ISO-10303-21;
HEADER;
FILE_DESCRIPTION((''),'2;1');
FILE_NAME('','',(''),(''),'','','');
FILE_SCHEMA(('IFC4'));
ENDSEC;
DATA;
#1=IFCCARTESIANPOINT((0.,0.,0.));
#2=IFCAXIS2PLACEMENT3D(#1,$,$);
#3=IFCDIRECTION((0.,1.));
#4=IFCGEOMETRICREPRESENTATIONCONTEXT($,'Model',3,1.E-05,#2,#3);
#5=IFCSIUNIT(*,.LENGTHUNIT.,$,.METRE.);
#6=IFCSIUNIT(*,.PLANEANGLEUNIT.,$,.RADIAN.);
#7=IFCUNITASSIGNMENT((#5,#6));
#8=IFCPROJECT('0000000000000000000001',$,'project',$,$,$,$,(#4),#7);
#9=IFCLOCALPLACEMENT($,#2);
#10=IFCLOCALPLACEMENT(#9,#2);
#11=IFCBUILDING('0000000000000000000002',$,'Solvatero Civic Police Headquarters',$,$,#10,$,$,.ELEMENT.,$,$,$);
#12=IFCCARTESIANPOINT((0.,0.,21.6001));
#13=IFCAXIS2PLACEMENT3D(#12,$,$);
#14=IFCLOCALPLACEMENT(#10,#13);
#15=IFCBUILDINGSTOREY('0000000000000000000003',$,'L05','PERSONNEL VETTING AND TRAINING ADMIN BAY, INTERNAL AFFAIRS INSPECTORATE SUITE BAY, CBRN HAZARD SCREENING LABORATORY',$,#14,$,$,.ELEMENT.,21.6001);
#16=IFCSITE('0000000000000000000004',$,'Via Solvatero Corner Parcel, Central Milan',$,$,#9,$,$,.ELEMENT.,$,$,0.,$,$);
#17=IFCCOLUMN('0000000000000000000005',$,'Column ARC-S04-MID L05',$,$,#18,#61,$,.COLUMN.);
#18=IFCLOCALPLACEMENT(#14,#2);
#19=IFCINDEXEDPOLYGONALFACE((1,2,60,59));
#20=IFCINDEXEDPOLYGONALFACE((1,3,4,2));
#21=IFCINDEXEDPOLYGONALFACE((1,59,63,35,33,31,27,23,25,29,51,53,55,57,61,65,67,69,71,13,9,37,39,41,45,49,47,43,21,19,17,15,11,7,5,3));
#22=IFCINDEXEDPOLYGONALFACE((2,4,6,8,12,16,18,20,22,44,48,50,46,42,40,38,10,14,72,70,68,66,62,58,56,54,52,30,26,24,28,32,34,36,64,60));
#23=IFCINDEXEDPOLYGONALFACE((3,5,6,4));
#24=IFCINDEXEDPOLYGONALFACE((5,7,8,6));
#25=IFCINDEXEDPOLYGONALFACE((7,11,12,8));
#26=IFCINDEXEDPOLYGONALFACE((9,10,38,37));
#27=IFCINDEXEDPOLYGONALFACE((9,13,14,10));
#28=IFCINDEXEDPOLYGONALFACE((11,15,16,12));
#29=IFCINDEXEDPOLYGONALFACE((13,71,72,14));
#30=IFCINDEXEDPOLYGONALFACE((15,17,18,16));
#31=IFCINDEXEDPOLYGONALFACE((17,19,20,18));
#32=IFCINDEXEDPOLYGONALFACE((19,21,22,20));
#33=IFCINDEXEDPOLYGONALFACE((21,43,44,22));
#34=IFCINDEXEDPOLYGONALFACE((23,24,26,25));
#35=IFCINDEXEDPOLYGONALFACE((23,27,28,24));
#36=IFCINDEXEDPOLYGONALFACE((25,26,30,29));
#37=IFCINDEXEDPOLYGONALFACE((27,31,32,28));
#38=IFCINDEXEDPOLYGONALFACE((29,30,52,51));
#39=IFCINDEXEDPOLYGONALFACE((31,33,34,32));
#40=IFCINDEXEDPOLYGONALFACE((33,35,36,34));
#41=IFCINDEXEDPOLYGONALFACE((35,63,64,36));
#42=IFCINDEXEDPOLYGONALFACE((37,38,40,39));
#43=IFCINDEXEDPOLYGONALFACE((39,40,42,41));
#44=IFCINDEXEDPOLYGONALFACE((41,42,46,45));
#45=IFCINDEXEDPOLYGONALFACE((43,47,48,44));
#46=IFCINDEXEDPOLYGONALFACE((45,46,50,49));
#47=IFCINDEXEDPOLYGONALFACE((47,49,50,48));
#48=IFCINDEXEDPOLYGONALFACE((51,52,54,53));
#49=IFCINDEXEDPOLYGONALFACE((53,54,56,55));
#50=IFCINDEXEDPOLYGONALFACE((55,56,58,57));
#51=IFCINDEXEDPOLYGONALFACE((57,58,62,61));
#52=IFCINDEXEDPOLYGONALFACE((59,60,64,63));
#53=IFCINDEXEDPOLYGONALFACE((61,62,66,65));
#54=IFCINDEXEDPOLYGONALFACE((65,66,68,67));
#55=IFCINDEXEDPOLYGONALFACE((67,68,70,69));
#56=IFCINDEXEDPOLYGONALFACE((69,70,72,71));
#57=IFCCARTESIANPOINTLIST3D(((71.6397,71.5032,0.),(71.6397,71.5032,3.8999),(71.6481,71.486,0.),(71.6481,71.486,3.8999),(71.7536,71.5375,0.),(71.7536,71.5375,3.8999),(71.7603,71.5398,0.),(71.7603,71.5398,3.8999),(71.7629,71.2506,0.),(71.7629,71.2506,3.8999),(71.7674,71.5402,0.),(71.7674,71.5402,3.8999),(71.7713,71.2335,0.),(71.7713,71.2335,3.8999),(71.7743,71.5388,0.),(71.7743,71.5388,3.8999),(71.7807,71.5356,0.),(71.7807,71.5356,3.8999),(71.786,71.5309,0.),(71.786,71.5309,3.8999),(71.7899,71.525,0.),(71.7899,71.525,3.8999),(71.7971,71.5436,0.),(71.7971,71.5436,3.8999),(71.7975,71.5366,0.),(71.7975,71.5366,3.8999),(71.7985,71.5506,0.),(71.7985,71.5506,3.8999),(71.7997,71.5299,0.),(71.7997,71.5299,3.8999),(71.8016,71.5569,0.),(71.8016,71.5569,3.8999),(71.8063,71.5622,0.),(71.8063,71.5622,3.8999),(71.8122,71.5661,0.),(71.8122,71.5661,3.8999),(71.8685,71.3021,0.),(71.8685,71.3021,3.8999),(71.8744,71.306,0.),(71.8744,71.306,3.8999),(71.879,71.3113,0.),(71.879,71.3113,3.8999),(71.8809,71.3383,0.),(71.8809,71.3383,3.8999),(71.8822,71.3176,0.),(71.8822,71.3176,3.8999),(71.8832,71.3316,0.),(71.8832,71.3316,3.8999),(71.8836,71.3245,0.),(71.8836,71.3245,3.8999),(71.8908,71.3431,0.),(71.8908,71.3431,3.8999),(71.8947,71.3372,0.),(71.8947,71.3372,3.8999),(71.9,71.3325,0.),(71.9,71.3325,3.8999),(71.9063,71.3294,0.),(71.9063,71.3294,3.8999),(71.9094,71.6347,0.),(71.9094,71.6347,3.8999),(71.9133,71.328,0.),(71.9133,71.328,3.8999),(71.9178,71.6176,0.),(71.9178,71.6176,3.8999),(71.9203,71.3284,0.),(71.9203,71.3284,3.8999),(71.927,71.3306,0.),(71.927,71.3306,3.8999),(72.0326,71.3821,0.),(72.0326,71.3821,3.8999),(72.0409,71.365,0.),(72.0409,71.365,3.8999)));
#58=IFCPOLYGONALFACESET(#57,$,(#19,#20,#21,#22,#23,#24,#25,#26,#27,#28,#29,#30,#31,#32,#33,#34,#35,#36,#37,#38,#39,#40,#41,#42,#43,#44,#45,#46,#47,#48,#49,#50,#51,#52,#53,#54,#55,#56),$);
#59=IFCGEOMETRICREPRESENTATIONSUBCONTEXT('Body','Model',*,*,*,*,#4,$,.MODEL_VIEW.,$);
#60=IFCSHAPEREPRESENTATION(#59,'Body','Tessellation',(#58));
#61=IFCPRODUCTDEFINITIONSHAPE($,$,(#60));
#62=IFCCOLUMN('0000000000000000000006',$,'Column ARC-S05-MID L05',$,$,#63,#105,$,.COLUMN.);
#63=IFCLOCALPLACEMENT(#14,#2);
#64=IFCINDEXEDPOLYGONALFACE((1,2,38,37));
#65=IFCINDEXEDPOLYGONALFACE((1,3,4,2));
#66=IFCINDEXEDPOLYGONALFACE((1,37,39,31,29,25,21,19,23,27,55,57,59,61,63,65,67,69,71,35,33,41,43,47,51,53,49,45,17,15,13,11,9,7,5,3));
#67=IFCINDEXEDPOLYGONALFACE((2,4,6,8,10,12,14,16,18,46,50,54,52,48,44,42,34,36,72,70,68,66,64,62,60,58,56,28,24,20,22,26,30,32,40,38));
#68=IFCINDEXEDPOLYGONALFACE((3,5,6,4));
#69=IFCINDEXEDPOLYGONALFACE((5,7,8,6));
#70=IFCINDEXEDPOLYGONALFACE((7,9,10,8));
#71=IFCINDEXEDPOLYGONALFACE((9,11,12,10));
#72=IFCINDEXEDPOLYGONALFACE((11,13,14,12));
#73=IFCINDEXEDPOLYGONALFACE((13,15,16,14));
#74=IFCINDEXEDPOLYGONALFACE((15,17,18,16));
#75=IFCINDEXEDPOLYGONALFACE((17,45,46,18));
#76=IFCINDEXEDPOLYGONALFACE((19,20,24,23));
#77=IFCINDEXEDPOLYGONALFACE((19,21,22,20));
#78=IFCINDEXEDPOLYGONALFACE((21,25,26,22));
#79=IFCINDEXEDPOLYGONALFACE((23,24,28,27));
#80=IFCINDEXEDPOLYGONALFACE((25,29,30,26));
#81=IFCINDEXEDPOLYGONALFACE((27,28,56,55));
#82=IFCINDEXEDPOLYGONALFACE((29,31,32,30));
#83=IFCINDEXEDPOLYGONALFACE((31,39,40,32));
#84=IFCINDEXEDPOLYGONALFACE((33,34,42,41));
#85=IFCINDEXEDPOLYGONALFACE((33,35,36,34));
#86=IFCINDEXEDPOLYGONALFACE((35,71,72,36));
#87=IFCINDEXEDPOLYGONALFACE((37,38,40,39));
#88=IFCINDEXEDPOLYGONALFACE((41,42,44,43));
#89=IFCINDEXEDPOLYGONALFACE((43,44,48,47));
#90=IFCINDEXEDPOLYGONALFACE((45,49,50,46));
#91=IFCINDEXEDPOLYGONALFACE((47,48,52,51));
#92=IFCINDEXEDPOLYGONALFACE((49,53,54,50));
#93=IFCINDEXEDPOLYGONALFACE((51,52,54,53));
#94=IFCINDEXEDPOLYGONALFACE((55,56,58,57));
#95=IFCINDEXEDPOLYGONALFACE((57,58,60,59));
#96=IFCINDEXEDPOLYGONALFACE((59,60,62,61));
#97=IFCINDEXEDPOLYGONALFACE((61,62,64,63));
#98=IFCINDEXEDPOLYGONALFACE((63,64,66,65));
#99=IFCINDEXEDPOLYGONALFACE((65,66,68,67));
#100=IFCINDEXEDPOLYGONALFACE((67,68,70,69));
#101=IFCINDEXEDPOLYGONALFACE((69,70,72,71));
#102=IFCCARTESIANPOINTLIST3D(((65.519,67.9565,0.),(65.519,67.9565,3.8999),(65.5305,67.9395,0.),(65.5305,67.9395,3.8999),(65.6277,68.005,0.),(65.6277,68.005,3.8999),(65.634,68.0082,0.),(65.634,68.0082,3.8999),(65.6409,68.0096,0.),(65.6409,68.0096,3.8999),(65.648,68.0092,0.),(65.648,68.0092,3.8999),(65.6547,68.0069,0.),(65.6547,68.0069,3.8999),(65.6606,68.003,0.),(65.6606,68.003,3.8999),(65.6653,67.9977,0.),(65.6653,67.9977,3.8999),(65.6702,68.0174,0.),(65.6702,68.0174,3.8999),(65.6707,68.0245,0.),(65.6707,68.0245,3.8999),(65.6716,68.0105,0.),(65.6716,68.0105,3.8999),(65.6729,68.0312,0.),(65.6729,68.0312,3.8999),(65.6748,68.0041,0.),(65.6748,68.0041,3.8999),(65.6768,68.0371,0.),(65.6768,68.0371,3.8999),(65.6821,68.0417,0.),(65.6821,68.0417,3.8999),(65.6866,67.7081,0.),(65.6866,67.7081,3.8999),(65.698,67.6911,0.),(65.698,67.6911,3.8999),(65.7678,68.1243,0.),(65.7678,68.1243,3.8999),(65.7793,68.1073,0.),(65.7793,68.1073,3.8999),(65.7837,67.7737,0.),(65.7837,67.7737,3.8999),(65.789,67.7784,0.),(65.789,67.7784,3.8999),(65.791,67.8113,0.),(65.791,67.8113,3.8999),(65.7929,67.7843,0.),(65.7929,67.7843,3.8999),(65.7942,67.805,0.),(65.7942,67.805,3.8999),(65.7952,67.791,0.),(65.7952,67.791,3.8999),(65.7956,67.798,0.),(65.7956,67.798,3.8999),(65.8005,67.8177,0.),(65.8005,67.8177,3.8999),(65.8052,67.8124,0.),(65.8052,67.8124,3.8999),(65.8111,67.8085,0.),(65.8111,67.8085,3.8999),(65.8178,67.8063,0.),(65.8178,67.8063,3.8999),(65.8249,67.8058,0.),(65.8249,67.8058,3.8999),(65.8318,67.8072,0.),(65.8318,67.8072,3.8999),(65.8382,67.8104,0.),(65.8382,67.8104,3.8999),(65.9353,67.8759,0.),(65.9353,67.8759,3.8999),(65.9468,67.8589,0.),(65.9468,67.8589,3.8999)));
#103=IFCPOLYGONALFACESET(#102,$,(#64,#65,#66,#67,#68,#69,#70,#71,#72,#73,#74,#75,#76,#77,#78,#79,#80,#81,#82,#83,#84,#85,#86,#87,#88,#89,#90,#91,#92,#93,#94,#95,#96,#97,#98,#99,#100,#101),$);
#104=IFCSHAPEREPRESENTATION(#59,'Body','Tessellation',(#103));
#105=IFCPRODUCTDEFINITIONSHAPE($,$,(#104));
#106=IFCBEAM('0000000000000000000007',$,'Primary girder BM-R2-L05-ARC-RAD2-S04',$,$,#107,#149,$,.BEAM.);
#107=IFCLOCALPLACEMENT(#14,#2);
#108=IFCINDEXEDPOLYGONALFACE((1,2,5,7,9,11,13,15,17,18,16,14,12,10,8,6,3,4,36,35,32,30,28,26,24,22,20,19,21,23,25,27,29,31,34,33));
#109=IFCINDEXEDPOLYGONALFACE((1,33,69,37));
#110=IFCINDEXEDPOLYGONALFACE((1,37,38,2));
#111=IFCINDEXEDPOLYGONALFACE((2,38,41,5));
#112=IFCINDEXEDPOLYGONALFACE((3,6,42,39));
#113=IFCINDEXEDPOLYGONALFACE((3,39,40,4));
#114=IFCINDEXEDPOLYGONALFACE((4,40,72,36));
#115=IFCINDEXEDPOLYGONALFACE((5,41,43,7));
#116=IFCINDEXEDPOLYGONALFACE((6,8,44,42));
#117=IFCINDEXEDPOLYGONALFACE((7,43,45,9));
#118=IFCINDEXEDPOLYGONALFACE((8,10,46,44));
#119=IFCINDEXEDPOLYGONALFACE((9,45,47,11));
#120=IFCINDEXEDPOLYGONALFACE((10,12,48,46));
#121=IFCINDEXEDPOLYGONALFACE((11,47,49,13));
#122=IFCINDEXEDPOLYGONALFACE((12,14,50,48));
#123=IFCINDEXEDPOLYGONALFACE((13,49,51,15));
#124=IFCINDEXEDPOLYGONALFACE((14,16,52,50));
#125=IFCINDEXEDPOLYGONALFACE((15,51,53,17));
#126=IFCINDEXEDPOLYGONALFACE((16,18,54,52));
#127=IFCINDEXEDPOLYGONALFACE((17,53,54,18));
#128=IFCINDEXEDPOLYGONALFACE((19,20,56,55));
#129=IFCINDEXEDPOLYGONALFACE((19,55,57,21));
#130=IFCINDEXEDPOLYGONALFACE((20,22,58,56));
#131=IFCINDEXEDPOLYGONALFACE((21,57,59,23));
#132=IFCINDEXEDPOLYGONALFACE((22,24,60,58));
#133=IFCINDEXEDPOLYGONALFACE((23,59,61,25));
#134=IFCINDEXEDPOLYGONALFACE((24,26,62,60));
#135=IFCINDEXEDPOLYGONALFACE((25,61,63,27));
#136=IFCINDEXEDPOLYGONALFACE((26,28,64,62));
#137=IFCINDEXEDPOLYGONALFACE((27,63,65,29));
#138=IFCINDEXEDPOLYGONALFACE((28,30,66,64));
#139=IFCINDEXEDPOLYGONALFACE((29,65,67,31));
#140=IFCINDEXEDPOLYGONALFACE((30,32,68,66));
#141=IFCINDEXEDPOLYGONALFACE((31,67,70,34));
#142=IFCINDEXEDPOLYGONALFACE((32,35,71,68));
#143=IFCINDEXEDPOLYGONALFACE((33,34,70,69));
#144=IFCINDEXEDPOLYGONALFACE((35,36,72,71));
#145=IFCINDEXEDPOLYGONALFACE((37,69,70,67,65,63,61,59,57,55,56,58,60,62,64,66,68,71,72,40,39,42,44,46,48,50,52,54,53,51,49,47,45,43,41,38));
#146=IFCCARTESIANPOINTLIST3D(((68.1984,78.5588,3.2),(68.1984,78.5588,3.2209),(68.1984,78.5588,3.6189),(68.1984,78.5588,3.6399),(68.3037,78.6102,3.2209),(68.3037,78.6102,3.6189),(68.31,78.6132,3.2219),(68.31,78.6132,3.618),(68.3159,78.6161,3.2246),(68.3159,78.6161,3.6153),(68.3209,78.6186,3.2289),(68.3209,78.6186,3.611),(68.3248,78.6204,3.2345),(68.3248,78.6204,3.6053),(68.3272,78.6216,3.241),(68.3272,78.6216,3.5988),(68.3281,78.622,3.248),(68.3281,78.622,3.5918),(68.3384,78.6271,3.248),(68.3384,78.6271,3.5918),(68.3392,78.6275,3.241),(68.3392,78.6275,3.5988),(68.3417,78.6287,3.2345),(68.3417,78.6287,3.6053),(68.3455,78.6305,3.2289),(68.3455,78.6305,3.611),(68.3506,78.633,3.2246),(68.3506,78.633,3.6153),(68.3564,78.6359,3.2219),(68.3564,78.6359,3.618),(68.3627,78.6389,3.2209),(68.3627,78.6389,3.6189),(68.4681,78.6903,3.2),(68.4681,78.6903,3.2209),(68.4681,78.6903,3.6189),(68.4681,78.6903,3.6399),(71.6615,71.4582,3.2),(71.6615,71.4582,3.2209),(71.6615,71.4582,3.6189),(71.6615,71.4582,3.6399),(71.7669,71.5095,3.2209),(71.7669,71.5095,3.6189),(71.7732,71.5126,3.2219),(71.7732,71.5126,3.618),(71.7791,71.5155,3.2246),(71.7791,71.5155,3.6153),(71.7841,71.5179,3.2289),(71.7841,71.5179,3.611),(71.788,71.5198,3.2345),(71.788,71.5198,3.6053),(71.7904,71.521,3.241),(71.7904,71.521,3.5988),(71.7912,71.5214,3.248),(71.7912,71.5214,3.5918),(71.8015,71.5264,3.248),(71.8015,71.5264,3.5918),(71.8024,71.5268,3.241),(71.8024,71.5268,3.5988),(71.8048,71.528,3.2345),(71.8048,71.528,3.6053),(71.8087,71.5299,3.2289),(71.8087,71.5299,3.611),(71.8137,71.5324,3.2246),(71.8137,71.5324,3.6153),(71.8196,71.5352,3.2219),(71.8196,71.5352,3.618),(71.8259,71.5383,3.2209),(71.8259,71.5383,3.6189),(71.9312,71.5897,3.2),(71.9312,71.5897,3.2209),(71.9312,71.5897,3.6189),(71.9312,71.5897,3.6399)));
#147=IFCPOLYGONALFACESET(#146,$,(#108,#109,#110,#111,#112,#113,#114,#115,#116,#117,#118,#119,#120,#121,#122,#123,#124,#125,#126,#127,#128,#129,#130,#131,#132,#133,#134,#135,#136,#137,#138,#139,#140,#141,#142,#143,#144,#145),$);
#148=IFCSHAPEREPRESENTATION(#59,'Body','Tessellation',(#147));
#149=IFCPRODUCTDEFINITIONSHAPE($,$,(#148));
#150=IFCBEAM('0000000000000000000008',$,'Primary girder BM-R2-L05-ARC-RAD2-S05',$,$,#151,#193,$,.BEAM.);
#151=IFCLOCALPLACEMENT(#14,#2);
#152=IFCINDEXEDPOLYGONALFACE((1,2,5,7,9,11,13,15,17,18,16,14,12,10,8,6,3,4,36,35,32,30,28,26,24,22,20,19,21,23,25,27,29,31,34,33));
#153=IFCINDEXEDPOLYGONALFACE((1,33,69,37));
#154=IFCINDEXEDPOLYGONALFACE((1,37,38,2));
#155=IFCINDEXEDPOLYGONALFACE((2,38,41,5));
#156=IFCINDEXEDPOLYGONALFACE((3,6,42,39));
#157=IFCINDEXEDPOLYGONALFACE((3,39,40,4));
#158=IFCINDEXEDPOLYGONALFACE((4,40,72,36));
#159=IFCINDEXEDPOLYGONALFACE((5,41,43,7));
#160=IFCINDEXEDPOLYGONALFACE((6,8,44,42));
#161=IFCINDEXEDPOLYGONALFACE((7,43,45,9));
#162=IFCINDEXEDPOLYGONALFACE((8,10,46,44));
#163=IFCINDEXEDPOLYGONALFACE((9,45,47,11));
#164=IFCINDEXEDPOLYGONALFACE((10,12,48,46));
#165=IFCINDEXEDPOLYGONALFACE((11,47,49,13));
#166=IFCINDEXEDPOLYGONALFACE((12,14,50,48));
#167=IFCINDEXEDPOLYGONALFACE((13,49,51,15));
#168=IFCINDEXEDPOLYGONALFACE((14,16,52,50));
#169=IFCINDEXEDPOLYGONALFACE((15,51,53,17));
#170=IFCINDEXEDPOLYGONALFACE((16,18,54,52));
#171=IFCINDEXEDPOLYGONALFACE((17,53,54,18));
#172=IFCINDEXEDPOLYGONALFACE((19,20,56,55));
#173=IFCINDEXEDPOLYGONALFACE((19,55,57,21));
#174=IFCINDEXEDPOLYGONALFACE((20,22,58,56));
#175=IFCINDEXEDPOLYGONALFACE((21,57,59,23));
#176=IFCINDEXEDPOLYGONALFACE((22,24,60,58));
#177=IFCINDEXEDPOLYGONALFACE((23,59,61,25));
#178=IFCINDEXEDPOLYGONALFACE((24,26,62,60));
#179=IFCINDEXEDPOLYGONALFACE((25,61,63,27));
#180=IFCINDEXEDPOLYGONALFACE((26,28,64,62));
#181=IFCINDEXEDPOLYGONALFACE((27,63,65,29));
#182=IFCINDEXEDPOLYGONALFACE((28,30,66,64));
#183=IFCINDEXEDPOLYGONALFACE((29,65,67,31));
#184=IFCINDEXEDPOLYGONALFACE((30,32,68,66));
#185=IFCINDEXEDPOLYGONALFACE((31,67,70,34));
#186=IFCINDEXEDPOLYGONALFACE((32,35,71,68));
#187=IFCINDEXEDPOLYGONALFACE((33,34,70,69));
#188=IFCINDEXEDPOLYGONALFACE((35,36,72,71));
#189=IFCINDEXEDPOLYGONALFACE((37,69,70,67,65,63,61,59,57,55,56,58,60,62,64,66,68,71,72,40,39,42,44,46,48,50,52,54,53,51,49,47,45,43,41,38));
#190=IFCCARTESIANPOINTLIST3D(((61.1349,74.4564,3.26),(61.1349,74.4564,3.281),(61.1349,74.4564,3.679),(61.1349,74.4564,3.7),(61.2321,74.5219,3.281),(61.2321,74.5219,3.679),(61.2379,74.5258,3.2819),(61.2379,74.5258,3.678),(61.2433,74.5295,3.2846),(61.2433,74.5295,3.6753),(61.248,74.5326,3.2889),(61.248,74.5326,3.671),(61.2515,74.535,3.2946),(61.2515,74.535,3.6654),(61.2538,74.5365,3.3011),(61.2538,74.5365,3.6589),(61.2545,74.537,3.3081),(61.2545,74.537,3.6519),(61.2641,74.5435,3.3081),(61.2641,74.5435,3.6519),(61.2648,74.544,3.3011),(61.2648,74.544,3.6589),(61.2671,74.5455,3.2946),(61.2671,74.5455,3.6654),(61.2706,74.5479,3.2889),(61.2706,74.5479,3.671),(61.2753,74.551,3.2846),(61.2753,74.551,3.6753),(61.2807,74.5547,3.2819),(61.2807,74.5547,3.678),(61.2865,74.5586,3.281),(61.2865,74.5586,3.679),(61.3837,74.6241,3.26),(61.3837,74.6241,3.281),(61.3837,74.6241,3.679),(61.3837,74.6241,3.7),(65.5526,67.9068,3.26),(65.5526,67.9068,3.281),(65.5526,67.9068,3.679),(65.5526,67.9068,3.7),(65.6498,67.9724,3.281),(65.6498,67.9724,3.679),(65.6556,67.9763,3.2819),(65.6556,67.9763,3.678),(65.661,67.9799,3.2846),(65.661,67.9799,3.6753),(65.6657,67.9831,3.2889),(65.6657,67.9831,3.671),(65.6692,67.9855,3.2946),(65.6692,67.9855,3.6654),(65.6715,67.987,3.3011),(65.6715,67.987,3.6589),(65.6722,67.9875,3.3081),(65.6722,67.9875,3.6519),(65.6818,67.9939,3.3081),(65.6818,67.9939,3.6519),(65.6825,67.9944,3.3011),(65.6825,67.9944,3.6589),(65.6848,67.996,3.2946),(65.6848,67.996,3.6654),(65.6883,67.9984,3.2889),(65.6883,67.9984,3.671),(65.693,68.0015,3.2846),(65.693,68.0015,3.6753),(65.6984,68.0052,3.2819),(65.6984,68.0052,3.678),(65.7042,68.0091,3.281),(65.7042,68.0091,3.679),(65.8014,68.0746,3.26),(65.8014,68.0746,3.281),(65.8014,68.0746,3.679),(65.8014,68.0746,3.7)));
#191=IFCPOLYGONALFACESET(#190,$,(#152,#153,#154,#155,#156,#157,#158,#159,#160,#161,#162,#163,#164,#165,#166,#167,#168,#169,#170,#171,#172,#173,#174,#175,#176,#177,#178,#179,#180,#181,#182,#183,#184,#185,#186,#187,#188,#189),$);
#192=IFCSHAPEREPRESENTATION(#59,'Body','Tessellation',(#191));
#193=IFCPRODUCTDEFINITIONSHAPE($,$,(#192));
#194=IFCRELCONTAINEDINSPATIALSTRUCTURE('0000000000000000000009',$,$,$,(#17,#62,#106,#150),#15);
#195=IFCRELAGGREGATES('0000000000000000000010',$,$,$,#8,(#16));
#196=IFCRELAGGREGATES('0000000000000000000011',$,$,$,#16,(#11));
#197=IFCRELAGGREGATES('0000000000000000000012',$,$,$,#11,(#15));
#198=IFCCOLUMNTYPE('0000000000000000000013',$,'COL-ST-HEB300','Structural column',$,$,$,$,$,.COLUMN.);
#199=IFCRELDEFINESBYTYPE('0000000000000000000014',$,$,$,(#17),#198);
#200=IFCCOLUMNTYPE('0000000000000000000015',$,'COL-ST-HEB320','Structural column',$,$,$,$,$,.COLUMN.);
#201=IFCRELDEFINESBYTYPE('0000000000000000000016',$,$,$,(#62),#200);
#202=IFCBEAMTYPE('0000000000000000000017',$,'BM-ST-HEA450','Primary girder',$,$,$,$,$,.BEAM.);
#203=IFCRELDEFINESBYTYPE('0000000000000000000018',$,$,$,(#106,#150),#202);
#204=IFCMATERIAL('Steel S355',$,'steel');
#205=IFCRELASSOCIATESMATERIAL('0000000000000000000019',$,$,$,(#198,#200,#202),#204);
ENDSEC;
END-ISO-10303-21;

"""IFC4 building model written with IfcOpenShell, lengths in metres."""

from ifc_helpers import new_model, si_unit, direction, frame, origin, origin_2d, place, context, subcontext, project, spatial, i_section, extrude, material, material_profile, profile_set, type_object, element, save


model = new_model("IFC4")

# Units and contexts
model_context = context("Model", 3, precision=1e-05, world=origin(), true_north=direction((0.0, 1.0)))
body_context = subcontext(model_context, "Body", "Model", "MODEL_VIEW")
ifc_project = project(units=[si_unit("LENGTHUNIT", "METRE"), si_unit("PLANEANGLEUNIT", "RADIAN")], contexts=[model_context])

# Site, building, storey
site_placement = place(None, origin())
site = spatial("IfcSite", under=ifc_project, at=site_placement, Name="Via Solvatero Corner Parcel, Central Milan", CompositionType="ELEMENT", RefElevation=0.0)
building_placement = place(site_placement, origin())
building = spatial("IfcBuilding", under=site, at=building_placement, Name="Solvatero Civic Police Headquarters", CompositionType="ELEMENT")
storey_placement = place(building_placement, frame((0.0, 0.0, 21.6001)))
storey = spatial("IfcBuildingStorey", under=building, at=storey_placement, Name="L05", Description="PERSONNEL VETTING AND TRAINING ADMIN BAY, INTERNAL AFFAIRS INSPECTORATE SUITE BAY, CBRN HAZARD SCREENING LABORATORY", CompositionType="ELEMENT", Elevation=21.6001)

# Columns
ifc_material_1 = material(Name="Steel S355", Category="steel")
ifc_material_profile_1 = material_profile(ifc_material_1, i_section(OverallWidth=0.3, OverallDepth=0.3, WebThickness=0.011, FlangeThickness=0.019, FilletRadius=0.0271, at=origin_2d()), Name="HEB 300")
ifc_profile_set_1 = profile_set([ifc_material_profile_1], Name="Steel S355")
column_type_1 = type_object("IfcColumnType", Name="COL-ST-HEB300", Description="Structural column", PredefinedType="COLUMN", material=ifc_profile_set_1)
column_1_placement = place(storey_placement, frame((71.8403, 71.4341, 0.0), z_axis=(0.0, 0.0, 1.0), x_axis=(0.898794, 0.438371, 0.0)))
element("IfcColumn", 1, at=column_1_placement, inside=storey, type_object=column_type_1, Name="Column ARC-S04-MID L05", PredefinedType="COLUMN", context=body_context, shape_type="SweptSolid", body=[
    extrude(i_section(OverallWidth=0.3, OverallDepth=0.3, WebThickness=0.011, FlangeThickness=0.019, FilletRadius=0.0271, at=origin_2d()), origin(), (0.0, 0.0, 1.0), 3.8999),
])
ifc_material_profile_2 = material_profile(ifc_material_1, i_section(OverallWidth=0.3, OverallDepth=0.3201, WebThickness=0.0115, FlangeThickness=0.0205, FilletRadius=0.0271, at=origin_2d()), Name="HEB 320")
ifc_profile_set_2 = profile_set([ifc_material_profile_2], Name="Steel S355")
column_type_2 = type_object("IfcColumnType", Name="COL-ST-HEB320", Description="Structural column", PredefinedType="COLUMN", material=ifc_profile_set_2)
column_2_placement = place(storey_placement, frame((65.7329, 67.9077, 0.0), z_axis=(0.0, 0.0, 1.0), x_axis=(0.829038, 0.559193, 0.0)))
element("IfcColumn", 2, at=column_2_placement, inside=storey, type_object=column_type_2, Name="Column ARC-S05-MID L05", PredefinedType="COLUMN", context=body_context, shape_type="SweptSolid", body=[
    extrude(i_section(OverallWidth=0.3, OverallDepth=0.3201, WebThickness=0.0115, FlangeThickness=0.0205, FilletRadius=0.0271, at=origin_2d()), origin(), (0.0, 0.0, 1.0), 3.8999),
])

# Beams
ifc_material_profile_3 = material_profile(ifc_material_1, i_section(OverallWidth=0.3, OverallDepth=0.4399, WebThickness=0.0115, FlangeThickness=0.021, FilletRadius=0.0271, at=origin_2d()), Name="HEA 450")
ifc_profile_set_3 = profile_set([ifc_material_profile_3], Name="Steel S355")
beam_type_1 = type_object("IfcBeamType", Name="BM-ST-HEA450", Description="Primary girder", PredefinedType="BEAM", material=ifc_profile_set_3)
for number, where, z_axis, x_axis, name in (
    (3, (71.7964, 71.5239, 3.4199), (-0.438366, 0.898797, 0.0), (-0.898797, -0.438366, 0.0), "Primary girder BM-R2-L05-ARC-RAD2-S04"),
    (4, (65.677, 67.9907, 3.48), (-0.559192, 0.829038, 0.0), (-0.829038, -0.559192, 0.0), "Primary girder BM-R2-L05-ARC-RAD2-S05"),
):
    element("IfcBeam", number, at=place(storey_placement, frame(where, z_axis=z_axis, x_axis=x_axis)), inside=storey, type_object=beam_type_1, Name=name, PredefinedType="BEAM", context=body_context, shape_type="SweptSolid", body=[
        extrude(i_section(OverallWidth=0.3, OverallDepth=0.4399, WebThickness=0.0115, FlangeThickness=0.021, FilletRadius=0.0271, at=origin_2d()), origin(), (0.0, 0.0, 1.0), 7.9001),
    ])

save(model, "model.ifc")
